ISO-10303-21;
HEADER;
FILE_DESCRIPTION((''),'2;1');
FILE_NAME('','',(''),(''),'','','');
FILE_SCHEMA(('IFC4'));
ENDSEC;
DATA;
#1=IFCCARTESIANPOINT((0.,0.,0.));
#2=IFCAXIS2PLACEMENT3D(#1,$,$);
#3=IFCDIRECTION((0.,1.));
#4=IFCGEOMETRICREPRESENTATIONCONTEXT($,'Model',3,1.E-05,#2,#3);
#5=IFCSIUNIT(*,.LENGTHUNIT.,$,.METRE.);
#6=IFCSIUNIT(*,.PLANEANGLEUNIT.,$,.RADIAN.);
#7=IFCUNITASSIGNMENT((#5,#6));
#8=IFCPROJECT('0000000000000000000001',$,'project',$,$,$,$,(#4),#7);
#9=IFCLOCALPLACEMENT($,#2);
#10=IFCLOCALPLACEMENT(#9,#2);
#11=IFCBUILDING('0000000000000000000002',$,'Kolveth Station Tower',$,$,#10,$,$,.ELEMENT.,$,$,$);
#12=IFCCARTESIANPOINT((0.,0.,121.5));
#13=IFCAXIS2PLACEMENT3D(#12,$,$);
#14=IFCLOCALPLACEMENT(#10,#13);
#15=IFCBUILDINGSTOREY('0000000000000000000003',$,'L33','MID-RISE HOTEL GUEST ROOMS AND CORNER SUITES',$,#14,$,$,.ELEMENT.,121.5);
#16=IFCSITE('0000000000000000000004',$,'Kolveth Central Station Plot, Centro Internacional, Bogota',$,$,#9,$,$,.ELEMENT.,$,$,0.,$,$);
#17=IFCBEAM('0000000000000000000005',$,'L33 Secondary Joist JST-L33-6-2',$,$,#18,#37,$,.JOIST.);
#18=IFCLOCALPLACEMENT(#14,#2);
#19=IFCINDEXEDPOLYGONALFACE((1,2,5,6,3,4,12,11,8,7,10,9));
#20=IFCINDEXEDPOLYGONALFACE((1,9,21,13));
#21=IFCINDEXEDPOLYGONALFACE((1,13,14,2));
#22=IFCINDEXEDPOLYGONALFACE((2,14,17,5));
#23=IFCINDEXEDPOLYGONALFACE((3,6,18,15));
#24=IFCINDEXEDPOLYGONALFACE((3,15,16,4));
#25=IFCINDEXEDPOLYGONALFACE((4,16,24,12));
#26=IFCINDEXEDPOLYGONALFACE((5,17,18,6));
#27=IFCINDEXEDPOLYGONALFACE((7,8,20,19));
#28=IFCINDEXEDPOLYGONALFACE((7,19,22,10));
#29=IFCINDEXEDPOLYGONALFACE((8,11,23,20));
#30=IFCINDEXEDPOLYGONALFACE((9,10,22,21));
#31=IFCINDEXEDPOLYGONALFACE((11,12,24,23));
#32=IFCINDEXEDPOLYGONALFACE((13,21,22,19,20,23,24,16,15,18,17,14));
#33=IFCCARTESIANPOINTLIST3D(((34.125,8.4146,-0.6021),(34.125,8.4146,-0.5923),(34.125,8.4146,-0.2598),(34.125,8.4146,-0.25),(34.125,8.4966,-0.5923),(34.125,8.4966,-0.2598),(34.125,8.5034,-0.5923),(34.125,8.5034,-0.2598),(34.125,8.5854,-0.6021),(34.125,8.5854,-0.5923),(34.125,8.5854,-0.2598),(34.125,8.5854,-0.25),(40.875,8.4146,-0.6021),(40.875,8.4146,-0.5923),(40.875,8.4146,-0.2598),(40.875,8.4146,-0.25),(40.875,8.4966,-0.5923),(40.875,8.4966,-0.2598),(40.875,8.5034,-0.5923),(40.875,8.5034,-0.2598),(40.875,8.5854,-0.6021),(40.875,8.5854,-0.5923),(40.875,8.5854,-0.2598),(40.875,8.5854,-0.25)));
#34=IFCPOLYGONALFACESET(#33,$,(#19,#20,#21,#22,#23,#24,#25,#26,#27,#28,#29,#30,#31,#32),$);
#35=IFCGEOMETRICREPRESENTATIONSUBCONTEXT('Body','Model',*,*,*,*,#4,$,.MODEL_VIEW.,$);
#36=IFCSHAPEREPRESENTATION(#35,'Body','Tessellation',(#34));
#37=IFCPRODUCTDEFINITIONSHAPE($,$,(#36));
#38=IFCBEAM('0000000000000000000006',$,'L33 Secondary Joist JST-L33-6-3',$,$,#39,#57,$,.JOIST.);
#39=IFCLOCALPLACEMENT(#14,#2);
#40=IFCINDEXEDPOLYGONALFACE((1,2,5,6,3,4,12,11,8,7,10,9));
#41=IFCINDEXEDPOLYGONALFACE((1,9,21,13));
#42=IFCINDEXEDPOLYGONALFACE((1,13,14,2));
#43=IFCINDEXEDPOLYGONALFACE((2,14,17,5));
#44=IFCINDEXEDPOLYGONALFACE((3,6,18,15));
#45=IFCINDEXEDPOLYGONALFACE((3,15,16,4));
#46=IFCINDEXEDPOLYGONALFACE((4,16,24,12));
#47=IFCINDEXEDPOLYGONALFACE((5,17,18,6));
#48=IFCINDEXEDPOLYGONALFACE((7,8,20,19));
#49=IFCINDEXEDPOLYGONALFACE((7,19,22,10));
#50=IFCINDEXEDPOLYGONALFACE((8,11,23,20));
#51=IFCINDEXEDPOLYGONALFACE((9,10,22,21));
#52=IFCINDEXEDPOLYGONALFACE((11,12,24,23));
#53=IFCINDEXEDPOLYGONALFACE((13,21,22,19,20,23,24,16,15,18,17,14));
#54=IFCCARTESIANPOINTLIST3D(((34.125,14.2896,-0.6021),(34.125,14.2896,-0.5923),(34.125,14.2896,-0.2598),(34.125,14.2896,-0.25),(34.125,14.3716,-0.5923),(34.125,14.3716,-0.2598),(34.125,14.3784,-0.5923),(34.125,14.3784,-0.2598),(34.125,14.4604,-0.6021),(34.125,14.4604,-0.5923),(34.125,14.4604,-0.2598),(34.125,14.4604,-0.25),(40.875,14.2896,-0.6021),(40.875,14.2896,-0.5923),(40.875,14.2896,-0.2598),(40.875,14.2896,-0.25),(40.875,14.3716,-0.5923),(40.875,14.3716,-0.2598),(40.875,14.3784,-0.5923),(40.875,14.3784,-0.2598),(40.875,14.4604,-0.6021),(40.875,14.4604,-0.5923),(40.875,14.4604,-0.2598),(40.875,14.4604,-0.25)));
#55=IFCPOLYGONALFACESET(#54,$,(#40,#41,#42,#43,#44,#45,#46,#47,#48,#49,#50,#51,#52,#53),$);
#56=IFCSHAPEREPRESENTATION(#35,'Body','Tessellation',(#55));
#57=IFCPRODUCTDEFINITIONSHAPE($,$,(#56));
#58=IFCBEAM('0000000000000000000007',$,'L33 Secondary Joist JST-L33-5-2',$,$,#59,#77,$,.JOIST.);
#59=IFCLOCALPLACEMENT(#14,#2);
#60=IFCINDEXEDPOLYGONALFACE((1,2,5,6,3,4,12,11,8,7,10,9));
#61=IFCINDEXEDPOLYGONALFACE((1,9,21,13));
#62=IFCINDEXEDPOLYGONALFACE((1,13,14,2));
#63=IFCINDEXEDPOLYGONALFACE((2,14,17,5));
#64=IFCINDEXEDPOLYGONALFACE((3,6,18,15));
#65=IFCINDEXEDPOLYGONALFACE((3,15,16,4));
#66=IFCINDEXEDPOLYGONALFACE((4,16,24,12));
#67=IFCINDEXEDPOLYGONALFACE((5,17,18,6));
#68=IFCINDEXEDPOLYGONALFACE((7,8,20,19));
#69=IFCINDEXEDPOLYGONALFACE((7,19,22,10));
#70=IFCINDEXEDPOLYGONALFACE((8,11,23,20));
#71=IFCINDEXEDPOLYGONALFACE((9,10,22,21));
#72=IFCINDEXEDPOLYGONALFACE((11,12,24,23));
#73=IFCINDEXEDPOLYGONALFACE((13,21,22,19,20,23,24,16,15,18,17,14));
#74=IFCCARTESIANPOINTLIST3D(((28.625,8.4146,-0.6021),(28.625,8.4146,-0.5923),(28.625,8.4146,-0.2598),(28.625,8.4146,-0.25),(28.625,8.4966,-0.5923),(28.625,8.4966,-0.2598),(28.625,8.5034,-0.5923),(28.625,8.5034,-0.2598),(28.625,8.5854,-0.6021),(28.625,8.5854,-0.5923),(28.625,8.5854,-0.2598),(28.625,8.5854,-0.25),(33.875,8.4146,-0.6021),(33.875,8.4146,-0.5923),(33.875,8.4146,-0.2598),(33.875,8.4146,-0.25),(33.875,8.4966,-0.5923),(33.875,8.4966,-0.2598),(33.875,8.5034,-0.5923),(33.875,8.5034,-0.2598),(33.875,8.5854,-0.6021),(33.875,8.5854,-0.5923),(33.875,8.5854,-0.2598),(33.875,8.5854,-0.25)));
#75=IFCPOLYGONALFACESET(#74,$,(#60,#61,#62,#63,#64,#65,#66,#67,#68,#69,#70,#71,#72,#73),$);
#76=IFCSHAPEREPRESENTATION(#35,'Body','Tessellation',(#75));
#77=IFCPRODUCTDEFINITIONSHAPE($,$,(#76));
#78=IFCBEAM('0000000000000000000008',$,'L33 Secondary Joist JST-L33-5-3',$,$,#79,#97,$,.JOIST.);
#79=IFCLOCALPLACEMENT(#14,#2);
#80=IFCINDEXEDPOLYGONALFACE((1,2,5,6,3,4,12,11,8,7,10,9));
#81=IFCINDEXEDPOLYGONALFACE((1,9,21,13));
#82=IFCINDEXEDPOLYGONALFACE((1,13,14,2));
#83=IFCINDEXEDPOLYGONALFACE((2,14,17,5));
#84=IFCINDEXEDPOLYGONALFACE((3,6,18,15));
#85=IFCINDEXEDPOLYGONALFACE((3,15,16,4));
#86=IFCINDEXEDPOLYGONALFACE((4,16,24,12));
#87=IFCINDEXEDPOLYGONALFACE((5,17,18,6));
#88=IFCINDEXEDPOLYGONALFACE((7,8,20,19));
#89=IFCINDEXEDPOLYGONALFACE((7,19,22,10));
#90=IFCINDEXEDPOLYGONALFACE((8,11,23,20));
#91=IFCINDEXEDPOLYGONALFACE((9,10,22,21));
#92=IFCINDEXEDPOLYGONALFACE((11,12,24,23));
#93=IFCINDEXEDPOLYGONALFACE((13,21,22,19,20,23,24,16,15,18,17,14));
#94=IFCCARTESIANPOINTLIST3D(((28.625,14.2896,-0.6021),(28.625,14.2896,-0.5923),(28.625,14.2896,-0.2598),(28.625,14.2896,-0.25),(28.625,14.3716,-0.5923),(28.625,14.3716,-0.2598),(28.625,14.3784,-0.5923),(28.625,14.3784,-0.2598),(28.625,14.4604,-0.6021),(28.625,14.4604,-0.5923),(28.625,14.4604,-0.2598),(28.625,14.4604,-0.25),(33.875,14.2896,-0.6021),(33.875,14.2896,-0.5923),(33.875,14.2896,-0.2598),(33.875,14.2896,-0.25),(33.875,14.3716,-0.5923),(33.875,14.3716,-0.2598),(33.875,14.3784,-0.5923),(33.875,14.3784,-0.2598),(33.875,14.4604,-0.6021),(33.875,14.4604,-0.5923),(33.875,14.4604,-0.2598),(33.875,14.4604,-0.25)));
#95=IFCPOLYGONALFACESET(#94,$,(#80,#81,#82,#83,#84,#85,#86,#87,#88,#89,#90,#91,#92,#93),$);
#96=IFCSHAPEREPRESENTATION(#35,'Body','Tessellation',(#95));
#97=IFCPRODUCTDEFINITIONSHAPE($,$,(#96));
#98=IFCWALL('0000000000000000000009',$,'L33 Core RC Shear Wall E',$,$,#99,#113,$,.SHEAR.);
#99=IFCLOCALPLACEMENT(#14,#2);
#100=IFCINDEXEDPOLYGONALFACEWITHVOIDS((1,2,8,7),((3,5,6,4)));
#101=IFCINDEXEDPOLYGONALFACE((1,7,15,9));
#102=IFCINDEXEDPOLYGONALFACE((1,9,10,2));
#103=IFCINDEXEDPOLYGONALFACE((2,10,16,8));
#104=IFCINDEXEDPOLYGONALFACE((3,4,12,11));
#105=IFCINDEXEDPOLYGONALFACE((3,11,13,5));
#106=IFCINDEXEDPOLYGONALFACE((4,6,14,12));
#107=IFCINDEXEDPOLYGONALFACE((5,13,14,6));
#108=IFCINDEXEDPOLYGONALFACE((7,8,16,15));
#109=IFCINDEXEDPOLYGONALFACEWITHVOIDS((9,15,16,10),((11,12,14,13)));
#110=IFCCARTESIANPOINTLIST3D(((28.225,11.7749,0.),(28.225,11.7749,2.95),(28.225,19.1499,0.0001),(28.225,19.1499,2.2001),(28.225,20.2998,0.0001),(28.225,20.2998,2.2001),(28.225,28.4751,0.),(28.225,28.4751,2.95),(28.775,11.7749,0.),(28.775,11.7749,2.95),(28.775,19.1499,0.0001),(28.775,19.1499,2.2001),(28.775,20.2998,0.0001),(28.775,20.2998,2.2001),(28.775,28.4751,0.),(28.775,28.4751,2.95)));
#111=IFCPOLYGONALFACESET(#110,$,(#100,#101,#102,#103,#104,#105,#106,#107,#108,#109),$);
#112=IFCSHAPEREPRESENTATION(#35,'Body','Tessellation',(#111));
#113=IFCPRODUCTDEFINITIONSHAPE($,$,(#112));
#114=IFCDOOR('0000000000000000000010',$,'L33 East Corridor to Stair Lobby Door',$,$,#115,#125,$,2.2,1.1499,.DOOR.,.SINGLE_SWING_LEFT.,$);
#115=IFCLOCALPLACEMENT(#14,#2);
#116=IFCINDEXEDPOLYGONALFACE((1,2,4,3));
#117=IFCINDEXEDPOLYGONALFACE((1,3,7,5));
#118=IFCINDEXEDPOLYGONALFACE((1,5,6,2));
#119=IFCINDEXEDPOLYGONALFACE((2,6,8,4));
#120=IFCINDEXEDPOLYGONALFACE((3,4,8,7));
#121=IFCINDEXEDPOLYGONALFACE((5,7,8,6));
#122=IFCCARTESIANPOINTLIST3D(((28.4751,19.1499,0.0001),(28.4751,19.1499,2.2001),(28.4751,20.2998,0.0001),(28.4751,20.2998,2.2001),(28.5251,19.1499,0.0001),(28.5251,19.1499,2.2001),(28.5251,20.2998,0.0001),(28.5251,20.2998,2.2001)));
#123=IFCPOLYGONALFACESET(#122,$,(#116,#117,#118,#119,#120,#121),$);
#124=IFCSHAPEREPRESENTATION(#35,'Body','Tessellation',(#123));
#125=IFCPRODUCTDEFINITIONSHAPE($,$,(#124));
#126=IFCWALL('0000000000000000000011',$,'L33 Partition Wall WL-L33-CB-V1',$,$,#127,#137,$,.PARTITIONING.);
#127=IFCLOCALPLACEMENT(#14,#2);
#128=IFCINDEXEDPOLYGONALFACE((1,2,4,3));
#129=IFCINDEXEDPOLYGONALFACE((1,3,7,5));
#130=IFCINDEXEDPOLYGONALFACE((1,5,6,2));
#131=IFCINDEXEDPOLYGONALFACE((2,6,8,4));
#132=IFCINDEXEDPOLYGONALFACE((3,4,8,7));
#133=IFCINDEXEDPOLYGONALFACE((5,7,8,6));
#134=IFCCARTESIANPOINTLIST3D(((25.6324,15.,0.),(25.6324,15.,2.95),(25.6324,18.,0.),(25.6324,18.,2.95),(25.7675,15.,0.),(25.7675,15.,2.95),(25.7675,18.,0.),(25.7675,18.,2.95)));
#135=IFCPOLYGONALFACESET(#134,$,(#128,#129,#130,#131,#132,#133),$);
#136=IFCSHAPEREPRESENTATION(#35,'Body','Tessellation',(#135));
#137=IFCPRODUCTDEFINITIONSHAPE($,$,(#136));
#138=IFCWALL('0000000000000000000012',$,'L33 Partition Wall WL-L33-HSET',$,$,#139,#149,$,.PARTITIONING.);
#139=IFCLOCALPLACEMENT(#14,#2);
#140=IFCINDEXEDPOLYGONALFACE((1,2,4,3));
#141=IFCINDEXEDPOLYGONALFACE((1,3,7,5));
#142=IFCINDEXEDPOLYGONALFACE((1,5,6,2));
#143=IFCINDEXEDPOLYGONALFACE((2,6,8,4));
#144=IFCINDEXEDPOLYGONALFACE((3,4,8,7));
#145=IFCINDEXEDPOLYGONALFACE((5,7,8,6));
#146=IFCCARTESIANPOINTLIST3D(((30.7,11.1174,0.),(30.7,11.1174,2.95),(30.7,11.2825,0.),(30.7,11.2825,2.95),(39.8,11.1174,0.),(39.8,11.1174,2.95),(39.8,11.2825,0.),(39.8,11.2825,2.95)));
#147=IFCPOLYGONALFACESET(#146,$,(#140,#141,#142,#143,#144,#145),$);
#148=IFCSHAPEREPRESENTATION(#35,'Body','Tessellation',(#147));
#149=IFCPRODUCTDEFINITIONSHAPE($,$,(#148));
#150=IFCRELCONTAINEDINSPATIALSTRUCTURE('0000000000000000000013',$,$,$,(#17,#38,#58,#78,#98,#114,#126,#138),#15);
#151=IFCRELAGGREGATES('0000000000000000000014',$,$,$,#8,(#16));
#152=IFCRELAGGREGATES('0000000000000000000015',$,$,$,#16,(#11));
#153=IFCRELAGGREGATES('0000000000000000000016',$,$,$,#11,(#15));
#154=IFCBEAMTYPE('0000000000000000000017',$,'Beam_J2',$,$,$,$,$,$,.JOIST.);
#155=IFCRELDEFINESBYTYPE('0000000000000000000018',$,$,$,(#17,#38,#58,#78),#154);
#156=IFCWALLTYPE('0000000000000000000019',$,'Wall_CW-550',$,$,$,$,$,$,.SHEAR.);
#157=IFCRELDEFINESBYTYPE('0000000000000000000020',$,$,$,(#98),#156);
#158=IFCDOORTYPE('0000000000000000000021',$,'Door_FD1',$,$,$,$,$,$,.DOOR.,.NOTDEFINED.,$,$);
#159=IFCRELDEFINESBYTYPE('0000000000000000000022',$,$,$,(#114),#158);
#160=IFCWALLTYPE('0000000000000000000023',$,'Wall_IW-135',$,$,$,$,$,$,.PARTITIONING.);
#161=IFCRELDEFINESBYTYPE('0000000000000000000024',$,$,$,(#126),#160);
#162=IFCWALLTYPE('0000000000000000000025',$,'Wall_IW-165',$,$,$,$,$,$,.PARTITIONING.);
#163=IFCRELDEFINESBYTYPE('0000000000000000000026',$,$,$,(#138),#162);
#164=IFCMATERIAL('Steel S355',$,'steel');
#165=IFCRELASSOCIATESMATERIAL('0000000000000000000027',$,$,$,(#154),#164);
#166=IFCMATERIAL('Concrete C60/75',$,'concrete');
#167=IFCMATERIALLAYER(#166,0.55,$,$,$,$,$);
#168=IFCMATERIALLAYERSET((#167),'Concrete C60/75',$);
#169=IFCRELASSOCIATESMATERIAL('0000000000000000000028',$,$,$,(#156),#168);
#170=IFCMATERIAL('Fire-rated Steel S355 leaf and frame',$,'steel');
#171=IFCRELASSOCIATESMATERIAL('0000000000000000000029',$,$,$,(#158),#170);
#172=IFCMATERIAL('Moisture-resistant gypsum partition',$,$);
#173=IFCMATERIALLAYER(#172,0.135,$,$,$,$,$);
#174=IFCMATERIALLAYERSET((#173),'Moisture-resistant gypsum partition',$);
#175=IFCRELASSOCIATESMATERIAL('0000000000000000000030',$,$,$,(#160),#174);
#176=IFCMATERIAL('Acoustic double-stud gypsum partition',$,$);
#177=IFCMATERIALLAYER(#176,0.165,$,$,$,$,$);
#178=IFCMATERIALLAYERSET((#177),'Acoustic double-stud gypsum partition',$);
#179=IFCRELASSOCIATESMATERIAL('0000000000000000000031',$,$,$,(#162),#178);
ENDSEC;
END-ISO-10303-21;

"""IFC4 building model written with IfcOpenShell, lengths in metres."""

from ifc_helpers import new_model, si_unit, direction, frame, frame_2d, origin, origin_2d, place, context, subcontext, project, spatial, rectangle, i_section, extrude, source, transform, mapped, material, layer, layer_set, material_profile, profile_set, type_object, element, fill, save


model = new_model("IFC4")

# Units and contexts
model_context = context("Model", 3, precision=1e-05, world=origin(), true_north=direction((0.0, 1.0)))
body_context = subcontext(model_context, "Body", "Model", "MODEL_VIEW")
ifc_project = project(units=[si_unit("LENGTHUNIT", "METRE"), si_unit("PLANEANGLEUNIT", "RADIAN")], contexts=[model_context])

# Site, building, storey
site_placement = place(None, origin())
site = spatial("IfcSite", under=ifc_project, at=site_placement, Name="Kolveth Central Station Plot, Centro Internacional, Bogota", CompositionType="ELEMENT", RefElevation=0.0)
building_placement = place(site_placement, origin())
building = spatial("IfcBuilding", under=site, at=building_placement, Name="Kolveth Station Tower", CompositionType="ELEMENT")
storey_placement = place(building_placement, frame((0.0, 0.0, 121.5)))
storey = spatial("IfcBuildingStorey", under=building, at=storey_placement, Name="L33", Description="MID-RISE HOTEL GUEST ROOMS AND CORNER SUITES", CompositionType="ELEMENT", Elevation=121.5)

# Shared definitions
ifc_material_1 = material(Name="Steel S355", Category="steel")

# Beams
ifc_material_profile_1 = material_profile(ifc_material_1, i_section(OverallWidth=0.1709, OverallDepth=0.3521, WebThickness=0.0068, FlangeThickness=0.0098, at=origin_2d()), Name="W360x44")
ifc_profile_set_1 = profile_set([ifc_material_profile_1], Name="Steel S355")
beam_type_1 = type_object("IfcBeamType", Name="Beam_J2", PredefinedType="JOIST", material=ifc_profile_set_1)
shared_shape_1 = source(origin(), body_context, "Body", "SweptSolid", [
    extrude(i_section(OverallWidth=0.1709, OverallDepth=0.3521, WebThickness=0.0068, FlangeThickness=0.0098, at=origin_2d()), origin(), (0.0, 0.0, 1.0), 6.75),
])
for number, where, z_axis, x_axis, name in (
    (1, (34.125, 8.5, -0.426), (1.0, 0.0, 0.0), (0.0, 1.0, 0.0), "L33 Secondary Joist JST-L33-6-2"),
    (2, (34.125, 14.375, -0.426), (1.0, 0.0, 0.0), (0.0, 1.0, 0.0), "L33 Secondary Joist JST-L33-6-3"),
):
    element("IfcBeam", number, at=place(storey_placement, frame(where, z_axis=z_axis, x_axis=x_axis)), inside=storey, type_object=beam_type_1, Name=name, PredefinedType="JOIST", context=body_context, shape_type="MappedRepresentation", body=[
        mapped(shared_shape_1, transform((0.0, 0.0, 0.0), x_axis=(1.0, 0.0, 0.0), y_axis=(0.0, 1.0, 0.0), z_axis=(0.0, 0.0, 1.0), scale=1.0)),
    ])
shared_shape_2 = source(origin(), body_context, "Body", "SweptSolid", [
    extrude(i_section(OverallWidth=0.1709, OverallDepth=0.3521, WebThickness=0.0068, FlangeThickness=0.0098, at=origin_2d()), origin(), (0.0, 0.0, 1.0), 5.25),
])
for number, where, z_axis, x_axis, name in (
    (3, (28.625, 8.5, -0.426), (1.0, 0.0, 0.0), (0.0, 1.0, 0.0), "L33 Secondary Joist JST-L33-5-2"),
    (4, (28.625, 14.375, -0.426), (1.0, 0.0, 0.0), (0.0, 1.0, 0.0), "L33 Secondary Joist JST-L33-5-3"),
):
    element("IfcBeam", number, at=place(storey_placement, frame(where, z_axis=z_axis, x_axis=x_axis)), inside=storey, type_object=beam_type_1, Name=name, PredefinedType="JOIST", context=body_context, shape_type="MappedRepresentation", body=[
        mapped(shared_shape_2, transform((0.0, 0.0, 0.0), x_axis=(1.0, 0.0, 0.0), y_axis=(0.0, 1.0, 0.0), z_axis=(0.0, 0.0, 1.0), scale=1.0)),
    ])

# Wall, opening, door
ifc_material_2 = material(Name="Concrete C60/75", Category="concrete")
ifc_layer_1 = layer(ifc_material_2, 0.55)
ifc_layer_set_1 = layer_set([ifc_layer_1], Name="Concrete C60/75")
wall_type_1 = type_object("IfcWallType", Name="Wall_CW-550", PredefinedType="SHEAR", material=ifc_layer_set_1)
wall_1_placement = place(storey_placement, frame((28.5, 11.7749, 0.0), z_axis=(0.0, 0.0, 1.0), x_axis=(0.0, 1.0, 0.0)))
wall_1 = element("IfcWall", 5, at=wall_1_placement, inside=storey, type_object=wall_type_1, Name="L33 Core RC Shear Wall E", PredefinedType="SHEAR", context=body_context, shape_type="SweptSolid", body=[
    extrude(rectangle(XDim=16.7002, YDim=0.55, at=frame_2d((8.3501, 0.0))), origin(), (0.0, 0.0, 1.0), 2.95),
])
opening_1_placement = place(wall_1_placement, frame((7.375, 0.0, 0.0)))
opening_1 = element("IfcOpeningElement", 6, at=opening_1_placement, cuts=wall_1, PredefinedType="OPENING", context=body_context, shape_type="SweptSolid", body=[
    extrude(rectangle(XDim=1.1499, YDim=2.2, at=frame_2d((0.575, 1.1001))), frame((0.0, 0.2849, 0.0), z_axis=(0.0, -1.0, 0.0), x_axis=(1.0, 0.0, 0.0)), (0.0, 0.0, 1.0), 0.5701),
])
ifc_material_3 = material(Name="Fire-rated Steel S355 leaf and frame", Category="steel")
door_type_1 = type_object("IfcDoorType", Name="Door_FD1", OperationType="NOTDEFINED", PredefinedType="DOOR", material=ifc_material_3)
door_1_placement = place(opening_1_placement, origin())
door_1 = element("IfcDoor", 7, at=door_1_placement, inside=storey, type_object=door_type_1, Name="L33 East Corridor to Stair Lobby Door", OperationType="SINGLE_SWING_LEFT", OverallHeight=2.2, OverallWidth=1.1499, PredefinedType="DOOR", context=body_context, shape_type="SweptSolid", body=[
    extrude(rectangle(XDim=1.1499, YDim=2.2, at=frame_2d((0.575, 1.1001))), frame((0.0, 0.0249, 0.0), z_axis=(0.0, -1.0, 0.0), x_axis=(1.0, 0.0, 0.0)), (0.0, 0.0, 1.0), 0.05),
])
fill(opening_1, door_1)

# Walls
ifc_material_4 = material(Name="Moisture-resistant gypsum partition")
ifc_layer_2 = layer(ifc_material_4, 0.135)
ifc_layer_set_2 = layer_set([ifc_layer_2], Name="Moisture-resistant gypsum partition")
wall_type_2 = type_object("IfcWallType", Name="Wall_IW-135", PredefinedType="PARTITIONING", material=ifc_layer_set_2)
wall_2_placement = place(storey_placement, frame((25.7, 15.0, 0.0), z_axis=(0.0, 0.0, 1.0), x_axis=(0.0, 1.0, 0.0)))
element("IfcWall", 8, at=wall_2_placement, inside=storey, type_object=wall_type_2, Name="L33 Partition Wall WL-L33-CB-V1", PredefinedType="PARTITIONING", context=body_context, shape_type="SweptSolid", body=[
    extrude(rectangle(XDim=3.0, YDim=0.135, at=frame_2d((1.5, 0.0))), origin(), (0.0, 0.0, 1.0), 2.95),
])
ifc_material_5 = material(Name="Acoustic double-stud gypsum partition")
ifc_layer_3 = layer(ifc_material_5, 0.165)
ifc_layer_set_3 = layer_set([ifc_layer_3], Name="Acoustic double-stud gypsum partition")
wall_type_3 = type_object("IfcWallType", Name="Wall_IW-165", PredefinedType="PARTITIONING", material=ifc_layer_set_3)
wall_3_placement = place(storey_placement, frame((30.7, 11.2, 0.0), z_axis=(0.0, 0.0, 1.0), x_axis=(1.0, 0.0, 0.0)))
element("IfcWall", 9, at=wall_3_placement, inside=storey, type_object=wall_type_3, Name="L33 Partition Wall WL-L33-HSET", PredefinedType="PARTITIONING", context=body_context, shape_type="SweptSolid", body=[
    extrude(rectangle(XDim=9.1001, YDim=0.165, at=frame_2d((4.55, 0.0))), origin(), (0.0, 0.0, 1.0), 2.95),
])

save(model, "model.ifc")
